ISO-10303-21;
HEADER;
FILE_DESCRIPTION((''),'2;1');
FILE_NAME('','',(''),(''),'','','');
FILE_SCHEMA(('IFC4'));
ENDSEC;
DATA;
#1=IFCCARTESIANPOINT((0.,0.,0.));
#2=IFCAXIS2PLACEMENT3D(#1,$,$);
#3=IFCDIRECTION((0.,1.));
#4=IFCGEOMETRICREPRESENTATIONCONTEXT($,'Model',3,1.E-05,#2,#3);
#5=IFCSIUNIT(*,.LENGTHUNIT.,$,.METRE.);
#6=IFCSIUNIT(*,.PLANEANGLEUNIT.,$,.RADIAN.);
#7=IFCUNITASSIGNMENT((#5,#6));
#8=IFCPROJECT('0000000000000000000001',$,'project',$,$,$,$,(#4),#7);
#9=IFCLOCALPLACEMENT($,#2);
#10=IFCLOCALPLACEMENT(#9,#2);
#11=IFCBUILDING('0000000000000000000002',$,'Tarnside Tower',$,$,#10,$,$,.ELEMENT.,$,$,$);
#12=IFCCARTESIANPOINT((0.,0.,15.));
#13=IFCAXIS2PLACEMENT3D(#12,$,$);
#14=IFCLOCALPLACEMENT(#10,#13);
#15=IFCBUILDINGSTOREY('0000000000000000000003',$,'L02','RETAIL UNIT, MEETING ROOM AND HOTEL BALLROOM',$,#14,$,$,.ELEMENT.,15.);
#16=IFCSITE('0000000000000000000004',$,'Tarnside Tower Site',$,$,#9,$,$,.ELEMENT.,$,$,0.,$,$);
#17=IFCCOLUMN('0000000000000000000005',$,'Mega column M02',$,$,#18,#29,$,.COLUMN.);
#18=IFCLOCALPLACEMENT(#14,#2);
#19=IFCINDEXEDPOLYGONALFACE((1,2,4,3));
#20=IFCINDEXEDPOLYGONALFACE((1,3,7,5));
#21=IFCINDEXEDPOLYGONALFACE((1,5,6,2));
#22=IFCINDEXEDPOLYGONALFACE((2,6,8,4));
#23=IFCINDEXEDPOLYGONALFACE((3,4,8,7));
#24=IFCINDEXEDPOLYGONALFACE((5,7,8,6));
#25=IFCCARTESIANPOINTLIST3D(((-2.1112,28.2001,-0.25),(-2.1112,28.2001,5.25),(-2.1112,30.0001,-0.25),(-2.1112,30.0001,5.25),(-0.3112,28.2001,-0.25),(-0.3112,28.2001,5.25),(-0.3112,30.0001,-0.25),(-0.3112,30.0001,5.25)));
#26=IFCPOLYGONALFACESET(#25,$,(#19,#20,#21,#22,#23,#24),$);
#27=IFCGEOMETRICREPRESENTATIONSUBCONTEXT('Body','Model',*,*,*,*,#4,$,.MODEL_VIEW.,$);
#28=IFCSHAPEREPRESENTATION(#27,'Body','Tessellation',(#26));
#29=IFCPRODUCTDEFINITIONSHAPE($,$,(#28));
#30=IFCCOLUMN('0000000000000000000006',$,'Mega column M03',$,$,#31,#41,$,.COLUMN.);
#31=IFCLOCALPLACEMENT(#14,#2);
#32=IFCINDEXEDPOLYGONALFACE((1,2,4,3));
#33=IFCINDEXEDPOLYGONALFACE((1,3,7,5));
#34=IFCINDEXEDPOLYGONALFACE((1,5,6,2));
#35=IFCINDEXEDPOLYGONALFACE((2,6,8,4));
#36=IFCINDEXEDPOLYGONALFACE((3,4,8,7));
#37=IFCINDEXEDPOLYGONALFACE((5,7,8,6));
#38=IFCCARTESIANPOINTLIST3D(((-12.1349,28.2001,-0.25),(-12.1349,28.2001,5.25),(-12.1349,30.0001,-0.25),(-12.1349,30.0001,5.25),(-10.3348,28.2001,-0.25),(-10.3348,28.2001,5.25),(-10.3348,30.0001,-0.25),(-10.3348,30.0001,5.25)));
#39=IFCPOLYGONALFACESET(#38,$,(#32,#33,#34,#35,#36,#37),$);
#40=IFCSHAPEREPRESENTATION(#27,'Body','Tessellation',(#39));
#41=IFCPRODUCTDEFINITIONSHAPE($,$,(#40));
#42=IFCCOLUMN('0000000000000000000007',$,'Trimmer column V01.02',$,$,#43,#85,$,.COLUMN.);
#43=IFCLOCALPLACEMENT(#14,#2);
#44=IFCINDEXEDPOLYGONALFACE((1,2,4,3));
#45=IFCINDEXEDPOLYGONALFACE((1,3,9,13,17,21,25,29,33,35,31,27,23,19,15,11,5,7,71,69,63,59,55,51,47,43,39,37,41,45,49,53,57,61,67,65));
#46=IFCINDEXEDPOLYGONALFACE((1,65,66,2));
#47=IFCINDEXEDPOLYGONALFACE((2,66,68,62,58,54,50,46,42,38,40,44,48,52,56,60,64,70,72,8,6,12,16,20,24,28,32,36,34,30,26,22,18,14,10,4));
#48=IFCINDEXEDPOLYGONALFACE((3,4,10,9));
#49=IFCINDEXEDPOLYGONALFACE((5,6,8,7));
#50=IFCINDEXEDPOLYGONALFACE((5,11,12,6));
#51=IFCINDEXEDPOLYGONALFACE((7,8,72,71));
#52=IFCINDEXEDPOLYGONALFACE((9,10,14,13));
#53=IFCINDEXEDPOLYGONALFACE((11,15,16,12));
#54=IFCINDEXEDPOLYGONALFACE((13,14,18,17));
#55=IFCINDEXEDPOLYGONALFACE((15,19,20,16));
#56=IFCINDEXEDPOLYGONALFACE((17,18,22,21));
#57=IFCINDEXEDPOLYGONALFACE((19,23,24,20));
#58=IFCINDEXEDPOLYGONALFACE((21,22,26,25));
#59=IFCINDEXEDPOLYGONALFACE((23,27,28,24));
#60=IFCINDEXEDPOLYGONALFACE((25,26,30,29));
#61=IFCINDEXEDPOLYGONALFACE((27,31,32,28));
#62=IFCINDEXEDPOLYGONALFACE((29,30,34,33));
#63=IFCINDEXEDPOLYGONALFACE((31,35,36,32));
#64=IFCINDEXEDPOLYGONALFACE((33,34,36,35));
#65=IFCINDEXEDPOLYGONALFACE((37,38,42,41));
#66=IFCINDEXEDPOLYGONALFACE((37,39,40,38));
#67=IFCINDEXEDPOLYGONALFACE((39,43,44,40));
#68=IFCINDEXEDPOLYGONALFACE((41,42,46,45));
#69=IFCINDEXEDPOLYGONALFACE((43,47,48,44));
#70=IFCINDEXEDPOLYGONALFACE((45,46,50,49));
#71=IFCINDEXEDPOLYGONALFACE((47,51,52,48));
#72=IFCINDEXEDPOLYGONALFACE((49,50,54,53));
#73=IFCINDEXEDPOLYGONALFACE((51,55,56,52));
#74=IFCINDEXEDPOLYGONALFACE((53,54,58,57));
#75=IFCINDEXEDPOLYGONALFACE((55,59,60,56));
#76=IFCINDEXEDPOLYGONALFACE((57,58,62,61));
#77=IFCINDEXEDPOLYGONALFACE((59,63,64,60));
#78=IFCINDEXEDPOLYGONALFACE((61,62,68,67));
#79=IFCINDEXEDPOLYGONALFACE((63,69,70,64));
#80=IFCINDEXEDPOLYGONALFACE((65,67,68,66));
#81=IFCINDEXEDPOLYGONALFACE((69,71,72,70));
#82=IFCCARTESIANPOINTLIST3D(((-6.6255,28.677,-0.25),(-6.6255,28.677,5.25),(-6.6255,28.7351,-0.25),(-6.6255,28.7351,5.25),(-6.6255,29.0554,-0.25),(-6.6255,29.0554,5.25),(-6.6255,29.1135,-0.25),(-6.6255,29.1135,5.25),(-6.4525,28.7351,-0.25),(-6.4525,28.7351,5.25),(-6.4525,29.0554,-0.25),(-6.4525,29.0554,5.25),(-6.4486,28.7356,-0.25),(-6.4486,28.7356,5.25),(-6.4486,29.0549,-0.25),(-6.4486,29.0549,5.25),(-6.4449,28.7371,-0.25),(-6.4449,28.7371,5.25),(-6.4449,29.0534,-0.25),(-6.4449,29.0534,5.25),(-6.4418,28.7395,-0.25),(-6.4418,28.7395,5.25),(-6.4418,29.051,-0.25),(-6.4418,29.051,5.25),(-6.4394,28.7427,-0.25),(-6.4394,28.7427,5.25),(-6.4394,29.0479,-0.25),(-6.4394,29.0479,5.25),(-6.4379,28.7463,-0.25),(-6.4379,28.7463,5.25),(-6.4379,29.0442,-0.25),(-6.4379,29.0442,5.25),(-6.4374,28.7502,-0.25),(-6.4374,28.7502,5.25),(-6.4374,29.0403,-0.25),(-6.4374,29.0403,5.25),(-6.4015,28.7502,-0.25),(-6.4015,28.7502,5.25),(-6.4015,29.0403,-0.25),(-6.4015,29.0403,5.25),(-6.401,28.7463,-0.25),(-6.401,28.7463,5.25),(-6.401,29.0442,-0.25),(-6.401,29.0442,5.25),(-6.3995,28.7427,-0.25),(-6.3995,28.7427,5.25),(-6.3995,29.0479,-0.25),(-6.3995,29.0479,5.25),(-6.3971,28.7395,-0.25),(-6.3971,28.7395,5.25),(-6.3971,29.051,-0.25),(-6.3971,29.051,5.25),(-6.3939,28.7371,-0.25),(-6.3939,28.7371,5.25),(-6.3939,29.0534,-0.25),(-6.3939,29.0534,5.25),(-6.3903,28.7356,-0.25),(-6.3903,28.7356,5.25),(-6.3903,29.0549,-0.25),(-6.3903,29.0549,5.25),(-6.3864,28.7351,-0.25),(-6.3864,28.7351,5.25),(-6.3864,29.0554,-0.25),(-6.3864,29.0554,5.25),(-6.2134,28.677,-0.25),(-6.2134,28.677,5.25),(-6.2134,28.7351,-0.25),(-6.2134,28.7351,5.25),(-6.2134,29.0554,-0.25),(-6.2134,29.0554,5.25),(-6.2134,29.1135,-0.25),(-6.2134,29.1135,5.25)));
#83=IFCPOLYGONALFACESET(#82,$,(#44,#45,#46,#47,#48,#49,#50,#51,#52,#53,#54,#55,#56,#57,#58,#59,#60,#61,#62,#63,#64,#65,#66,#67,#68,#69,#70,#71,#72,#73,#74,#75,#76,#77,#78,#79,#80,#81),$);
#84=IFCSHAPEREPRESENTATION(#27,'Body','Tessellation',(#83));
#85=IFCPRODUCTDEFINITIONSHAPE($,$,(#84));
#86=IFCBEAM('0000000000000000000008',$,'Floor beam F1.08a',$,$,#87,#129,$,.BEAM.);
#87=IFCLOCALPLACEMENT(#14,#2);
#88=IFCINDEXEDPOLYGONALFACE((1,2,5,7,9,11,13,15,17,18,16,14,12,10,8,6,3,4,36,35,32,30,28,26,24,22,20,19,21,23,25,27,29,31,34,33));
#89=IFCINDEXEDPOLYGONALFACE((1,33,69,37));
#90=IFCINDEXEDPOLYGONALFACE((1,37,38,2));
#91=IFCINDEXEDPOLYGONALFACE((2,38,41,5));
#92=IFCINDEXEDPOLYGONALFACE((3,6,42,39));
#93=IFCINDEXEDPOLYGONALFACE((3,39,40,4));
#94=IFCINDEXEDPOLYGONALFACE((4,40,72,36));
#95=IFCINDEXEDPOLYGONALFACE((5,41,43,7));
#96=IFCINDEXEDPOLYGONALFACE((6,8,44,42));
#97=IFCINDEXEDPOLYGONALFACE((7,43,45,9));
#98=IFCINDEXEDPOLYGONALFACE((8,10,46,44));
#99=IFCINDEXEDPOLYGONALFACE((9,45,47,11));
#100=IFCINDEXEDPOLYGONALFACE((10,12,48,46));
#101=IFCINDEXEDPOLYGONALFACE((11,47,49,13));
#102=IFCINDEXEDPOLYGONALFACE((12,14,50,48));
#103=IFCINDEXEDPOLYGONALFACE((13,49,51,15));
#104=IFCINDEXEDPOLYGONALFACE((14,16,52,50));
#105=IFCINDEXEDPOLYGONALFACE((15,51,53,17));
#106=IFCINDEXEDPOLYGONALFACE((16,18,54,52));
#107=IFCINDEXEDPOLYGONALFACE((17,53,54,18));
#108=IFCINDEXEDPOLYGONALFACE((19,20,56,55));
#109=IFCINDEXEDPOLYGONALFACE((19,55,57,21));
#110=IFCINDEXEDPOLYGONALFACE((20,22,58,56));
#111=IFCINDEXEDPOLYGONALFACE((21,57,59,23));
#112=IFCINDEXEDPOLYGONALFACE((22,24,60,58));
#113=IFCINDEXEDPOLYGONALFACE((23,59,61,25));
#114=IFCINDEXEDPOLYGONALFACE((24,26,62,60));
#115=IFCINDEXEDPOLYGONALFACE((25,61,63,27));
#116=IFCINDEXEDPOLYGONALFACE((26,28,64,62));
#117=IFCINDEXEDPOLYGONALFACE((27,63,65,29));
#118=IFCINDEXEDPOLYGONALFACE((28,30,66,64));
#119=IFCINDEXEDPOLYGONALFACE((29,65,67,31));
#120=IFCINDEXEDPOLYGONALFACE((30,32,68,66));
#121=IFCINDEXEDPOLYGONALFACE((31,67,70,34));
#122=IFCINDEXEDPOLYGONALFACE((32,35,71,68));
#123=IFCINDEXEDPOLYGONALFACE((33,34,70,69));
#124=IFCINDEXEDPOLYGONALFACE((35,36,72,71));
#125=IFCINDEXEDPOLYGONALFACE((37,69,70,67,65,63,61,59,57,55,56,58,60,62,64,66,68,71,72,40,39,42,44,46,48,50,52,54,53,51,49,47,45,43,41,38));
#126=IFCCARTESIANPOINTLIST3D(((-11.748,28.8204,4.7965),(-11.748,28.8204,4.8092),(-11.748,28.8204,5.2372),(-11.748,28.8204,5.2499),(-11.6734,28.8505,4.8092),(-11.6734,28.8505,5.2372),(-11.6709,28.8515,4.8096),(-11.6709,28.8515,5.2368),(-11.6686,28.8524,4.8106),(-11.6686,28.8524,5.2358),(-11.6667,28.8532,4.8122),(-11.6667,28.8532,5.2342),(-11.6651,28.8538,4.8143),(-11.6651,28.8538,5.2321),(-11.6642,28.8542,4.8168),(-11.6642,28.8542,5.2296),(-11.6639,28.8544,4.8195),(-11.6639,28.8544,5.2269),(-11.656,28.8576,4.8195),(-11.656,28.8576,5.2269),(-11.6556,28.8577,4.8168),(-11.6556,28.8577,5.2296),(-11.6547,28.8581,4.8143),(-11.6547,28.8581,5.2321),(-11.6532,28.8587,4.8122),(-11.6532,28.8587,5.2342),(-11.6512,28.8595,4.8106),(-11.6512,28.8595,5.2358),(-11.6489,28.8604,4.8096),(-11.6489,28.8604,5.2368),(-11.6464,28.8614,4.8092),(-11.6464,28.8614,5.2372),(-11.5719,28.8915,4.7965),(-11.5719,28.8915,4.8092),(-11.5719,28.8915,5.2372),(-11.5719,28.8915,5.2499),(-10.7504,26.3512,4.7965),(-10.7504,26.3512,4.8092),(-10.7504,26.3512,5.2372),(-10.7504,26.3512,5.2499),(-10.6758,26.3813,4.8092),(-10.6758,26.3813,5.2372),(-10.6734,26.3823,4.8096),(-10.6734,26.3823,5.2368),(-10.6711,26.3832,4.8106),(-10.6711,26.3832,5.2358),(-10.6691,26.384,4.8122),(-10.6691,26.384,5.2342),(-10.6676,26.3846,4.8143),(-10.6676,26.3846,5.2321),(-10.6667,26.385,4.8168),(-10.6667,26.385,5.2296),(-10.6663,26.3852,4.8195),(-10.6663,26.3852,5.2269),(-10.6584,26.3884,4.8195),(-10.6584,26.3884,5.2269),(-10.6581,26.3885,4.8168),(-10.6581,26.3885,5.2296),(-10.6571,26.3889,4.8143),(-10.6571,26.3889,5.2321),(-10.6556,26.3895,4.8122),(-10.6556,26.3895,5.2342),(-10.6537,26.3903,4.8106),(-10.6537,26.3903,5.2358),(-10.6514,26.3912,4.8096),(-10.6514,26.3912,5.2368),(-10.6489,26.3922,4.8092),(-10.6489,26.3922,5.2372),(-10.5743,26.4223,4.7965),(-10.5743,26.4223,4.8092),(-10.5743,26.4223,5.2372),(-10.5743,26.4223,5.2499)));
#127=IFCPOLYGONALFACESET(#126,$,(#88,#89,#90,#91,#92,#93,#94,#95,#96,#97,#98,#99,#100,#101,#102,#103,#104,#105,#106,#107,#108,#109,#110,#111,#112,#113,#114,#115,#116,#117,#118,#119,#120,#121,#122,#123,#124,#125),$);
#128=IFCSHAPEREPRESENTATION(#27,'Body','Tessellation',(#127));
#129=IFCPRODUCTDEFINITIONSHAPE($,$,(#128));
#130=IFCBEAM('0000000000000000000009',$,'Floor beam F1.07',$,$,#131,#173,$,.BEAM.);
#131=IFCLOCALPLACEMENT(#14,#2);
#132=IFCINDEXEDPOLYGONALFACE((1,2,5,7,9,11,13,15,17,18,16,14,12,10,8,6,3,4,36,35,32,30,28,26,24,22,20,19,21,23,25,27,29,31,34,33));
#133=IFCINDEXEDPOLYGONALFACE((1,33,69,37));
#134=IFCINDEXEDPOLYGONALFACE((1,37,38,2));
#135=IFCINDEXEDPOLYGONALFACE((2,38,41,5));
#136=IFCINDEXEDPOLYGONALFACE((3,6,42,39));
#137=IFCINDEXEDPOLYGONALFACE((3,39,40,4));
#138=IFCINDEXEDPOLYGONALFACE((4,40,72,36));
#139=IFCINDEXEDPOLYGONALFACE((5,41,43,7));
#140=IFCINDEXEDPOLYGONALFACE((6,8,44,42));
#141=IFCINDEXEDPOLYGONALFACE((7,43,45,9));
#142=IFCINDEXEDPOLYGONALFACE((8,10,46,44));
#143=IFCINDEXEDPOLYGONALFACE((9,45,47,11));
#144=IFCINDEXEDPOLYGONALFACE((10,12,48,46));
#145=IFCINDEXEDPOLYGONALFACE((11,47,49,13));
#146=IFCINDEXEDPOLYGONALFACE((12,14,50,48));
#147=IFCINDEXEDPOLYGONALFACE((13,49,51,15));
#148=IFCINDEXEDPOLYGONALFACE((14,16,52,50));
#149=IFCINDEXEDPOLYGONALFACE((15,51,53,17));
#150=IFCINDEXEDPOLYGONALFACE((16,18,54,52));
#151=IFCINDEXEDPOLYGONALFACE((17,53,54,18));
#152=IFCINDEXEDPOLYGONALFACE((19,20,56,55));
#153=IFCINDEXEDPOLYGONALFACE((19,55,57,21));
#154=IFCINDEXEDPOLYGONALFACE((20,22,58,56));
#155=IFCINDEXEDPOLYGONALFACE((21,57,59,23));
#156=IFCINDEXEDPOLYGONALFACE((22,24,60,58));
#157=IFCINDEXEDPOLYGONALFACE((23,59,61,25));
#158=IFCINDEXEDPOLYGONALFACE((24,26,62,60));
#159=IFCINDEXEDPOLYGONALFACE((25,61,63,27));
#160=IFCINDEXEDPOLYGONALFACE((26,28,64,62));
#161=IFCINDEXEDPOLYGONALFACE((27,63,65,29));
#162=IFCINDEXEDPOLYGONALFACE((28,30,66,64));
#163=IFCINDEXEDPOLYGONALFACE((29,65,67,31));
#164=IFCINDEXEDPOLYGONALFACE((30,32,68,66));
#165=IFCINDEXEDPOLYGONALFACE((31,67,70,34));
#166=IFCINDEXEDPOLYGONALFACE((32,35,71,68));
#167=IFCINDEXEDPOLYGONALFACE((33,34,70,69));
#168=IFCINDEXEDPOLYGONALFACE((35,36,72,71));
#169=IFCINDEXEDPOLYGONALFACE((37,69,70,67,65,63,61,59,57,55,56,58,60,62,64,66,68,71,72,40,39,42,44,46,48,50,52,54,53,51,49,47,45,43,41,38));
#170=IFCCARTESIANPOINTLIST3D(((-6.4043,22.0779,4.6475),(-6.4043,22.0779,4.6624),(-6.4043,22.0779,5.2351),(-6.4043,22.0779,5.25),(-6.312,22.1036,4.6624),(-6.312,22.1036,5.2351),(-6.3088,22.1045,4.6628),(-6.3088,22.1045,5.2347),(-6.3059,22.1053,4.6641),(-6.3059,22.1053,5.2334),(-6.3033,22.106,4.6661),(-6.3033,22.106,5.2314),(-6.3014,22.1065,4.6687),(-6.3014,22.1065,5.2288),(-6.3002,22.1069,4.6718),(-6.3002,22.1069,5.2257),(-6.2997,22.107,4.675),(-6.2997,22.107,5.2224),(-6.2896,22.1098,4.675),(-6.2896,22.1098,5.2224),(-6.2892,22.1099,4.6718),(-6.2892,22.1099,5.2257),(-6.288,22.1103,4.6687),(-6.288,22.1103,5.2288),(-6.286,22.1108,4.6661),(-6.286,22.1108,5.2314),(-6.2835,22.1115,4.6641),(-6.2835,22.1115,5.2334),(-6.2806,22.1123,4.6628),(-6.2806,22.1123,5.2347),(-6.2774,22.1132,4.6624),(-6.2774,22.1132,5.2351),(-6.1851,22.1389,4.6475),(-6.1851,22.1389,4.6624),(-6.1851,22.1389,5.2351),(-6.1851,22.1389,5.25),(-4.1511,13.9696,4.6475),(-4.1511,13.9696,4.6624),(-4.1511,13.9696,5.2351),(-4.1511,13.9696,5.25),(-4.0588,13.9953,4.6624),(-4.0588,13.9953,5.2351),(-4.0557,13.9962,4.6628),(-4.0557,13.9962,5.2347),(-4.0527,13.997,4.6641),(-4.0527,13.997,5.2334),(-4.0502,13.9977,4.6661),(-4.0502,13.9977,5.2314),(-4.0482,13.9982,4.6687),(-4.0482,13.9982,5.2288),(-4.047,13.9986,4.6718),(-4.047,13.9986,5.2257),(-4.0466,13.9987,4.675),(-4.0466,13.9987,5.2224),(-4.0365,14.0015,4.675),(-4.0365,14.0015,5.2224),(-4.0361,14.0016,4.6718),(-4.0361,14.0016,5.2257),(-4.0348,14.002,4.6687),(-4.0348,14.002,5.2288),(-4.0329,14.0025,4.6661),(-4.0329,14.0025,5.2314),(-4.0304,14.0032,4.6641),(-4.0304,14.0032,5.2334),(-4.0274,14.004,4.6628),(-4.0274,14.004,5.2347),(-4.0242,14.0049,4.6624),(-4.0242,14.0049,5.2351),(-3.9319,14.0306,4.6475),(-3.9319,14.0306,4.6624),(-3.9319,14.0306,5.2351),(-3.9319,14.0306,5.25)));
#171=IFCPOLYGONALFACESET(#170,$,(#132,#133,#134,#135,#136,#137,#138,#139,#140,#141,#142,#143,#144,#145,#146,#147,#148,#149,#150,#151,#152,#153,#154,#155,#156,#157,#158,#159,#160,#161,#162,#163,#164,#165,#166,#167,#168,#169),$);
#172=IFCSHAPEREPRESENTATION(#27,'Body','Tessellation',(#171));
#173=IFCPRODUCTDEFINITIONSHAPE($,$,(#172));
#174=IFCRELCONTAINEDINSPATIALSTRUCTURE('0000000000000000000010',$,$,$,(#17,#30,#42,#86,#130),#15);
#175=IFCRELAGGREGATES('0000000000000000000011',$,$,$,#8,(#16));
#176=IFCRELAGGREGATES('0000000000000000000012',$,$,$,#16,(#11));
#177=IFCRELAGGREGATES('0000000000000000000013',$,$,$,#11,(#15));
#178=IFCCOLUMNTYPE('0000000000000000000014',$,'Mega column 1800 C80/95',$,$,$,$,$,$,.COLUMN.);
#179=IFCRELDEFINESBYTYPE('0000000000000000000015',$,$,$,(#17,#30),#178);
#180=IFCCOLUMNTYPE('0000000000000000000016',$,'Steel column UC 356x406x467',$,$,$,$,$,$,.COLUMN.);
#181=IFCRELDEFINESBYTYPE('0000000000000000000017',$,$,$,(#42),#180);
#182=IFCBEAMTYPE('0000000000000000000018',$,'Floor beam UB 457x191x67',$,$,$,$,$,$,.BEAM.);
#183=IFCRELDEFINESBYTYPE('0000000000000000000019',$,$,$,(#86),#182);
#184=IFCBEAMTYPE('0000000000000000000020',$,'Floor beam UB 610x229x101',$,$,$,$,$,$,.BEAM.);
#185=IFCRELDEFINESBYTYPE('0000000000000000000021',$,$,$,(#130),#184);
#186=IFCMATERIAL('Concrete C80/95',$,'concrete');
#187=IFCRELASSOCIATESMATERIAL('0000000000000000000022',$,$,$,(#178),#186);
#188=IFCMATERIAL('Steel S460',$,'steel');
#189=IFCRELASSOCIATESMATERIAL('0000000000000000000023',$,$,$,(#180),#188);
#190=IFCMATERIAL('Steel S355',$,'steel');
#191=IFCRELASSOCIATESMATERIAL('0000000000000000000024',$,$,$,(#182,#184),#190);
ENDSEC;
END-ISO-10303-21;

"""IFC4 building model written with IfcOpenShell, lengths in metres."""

from ifc_helpers import new_model, si_unit, direction, frame, origin, origin_2d, place, context, subcontext, project, spatial, rectangle, i_section, extrude, material, material_profile, profile_set, type_object, element, save


model = new_model("IFC4")

# Units and contexts
model_context = context("Model", 3, precision=1e-05, world=origin(), true_north=direction((0.0, 1.0)))
body_context = subcontext(model_context, "Body", "Model", "MODEL_VIEW")
ifc_project = project(units=[si_unit("LENGTHUNIT", "METRE"), si_unit("PLANEANGLEUNIT", "RADIAN")], contexts=[model_context])

# Site, building, storey
site_placement = place(None, origin())
site = spatial("IfcSite", under=ifc_project, at=site_placement, Name="Tarnside Tower Site", CompositionType="ELEMENT", RefElevation=0.0)
building_placement = place(site_placement, origin())
building = spatial("IfcBuilding", under=site, at=building_placement, Name="Tarnside Tower", CompositionType="ELEMENT")
storey_placement = place(building_placement, frame((0.0, 0.0, 15.0)))
storey = spatial("IfcBuildingStorey", under=building, at=storey_placement, Name="L02", Description="RETAIL UNIT, MEETING ROOM AND HOTEL BALLROOM", CompositionType="ELEMENT", Elevation=15.0)

# Columns
ifc_material_1 = material(Name="Concrete C80/95", Category="concrete")
ifc_material_profile_1 = material_profile(ifc_material_1, rectangle(XDim=1.8, YDim=1.8, at=origin_2d()), Name="Mega column 1800x1800")
ifc_profile_set_1 = profile_set([ifc_material_profile_1], Name="Concrete C80/95")
column_type_1 = type_object("IfcColumnType", Name="Mega column 1800 C80/95", PredefinedType="COLUMN", material=ifc_profile_set_1)
for number, where, z_axis, x_axis, name in (
    (1, (-1.2112, 29.1001, -0.25), (0.0, 0.0, 1.0), (1.0, 0.0, 0.0), "Mega column M02"),
    (2, (-11.2349, 29.1001, -0.25), (0.0, 0.0, 1.0), (1.0, 0.0, 0.0), "Mega column M03"),
):
    element("IfcColumn", number, at=place(storey_placement, frame(where, z_axis=z_axis, x_axis=x_axis)), inside=storey, type_object=column_type_1, Name=name, PredefinedType="COLUMN", context=body_context, shape_type="SweptSolid", body=[
        extrude(rectangle(XDim=1.8, YDim=1.8, at=origin_2d()), origin(), (0.0, 0.0, 1.0), 5.5),
    ])
ifc_material_2 = material(Name="Steel S460", Category="steel")
ifc_material_profile_2 = material_profile(ifc_material_2, i_section(OverallWidth=0.4121, OverallDepth=0.4365, WebThickness=0.0359, FlangeThickness=0.0581, FilletRadius=0.0151, at=origin_2d()), Name="UC 356x406x467")
ifc_profile_set_2 = profile_set([ifc_material_profile_2], Name="Steel S460")
column_type_2 = type_object("IfcColumnType", Name="Steel column UC 356x406x467", PredefinedType="COLUMN", material=ifc_profile_set_2)
column_placement = place(storey_placement, frame((-6.4194, 28.8953, -0.25), z_axis=(0.0, 0.0, 1.0), x_axis=(1.0, 0.0, 0.0)))
element("IfcColumn", 3, at=column_placement, inside=storey, type_object=column_type_2, Name="Trimmer column V01.02", PredefinedType="COLUMN", context=body_context, shape_type="SweptSolid", body=[
    extrude(i_section(OverallWidth=0.4121, OverallDepth=0.4365, WebThickness=0.0359, FlangeThickness=0.0581, FilletRadius=0.0151, at=origin_2d()), origin(), (0.0, 0.0, 1.0), 5.5),
])

# Beams
ifc_material_3 = material(Name="Steel S355", Category="steel")
ifc_material_profile_3 = material_profile(ifc_material_3, i_section(OverallWidth=0.1899, OverallDepth=0.4534, WebThickness=0.0085, FlangeThickness=0.0127, FilletRadius=0.0103, at=origin_2d()), Name="UB 457x191x67")
ifc_profile_set_3 = profile_set([ifc_material_profile_3], Name="Steel S355")
beam_type_1 = type_object("IfcBeamType", Name="Floor beam UB 457x191x67", PredefinedType="BEAM", material=ifc_profile_set_3)
beam_1_placement = place(storey_placement, frame((-11.6599, 28.856, 5.0232), z_axis=(0.374581, -0.927194, 0.0), x_axis=(0.927194, 0.374581, 0.0)))
element("IfcBeam", 4, at=beam_1_placement, inside=storey, type_object=beam_type_1, Name="Floor beam F1.08a", PredefinedType="BEAM", context=body_context, shape_type="SweptSolid", body=[
    extrude(i_section(OverallWidth=0.1899, OverallDepth=0.4534, WebThickness=0.0085, FlangeThickness=0.0127, FilletRadius=0.0103, at=origin_2d()), origin(), (0.0, 0.0, 1.0), 2.6631),
])
ifc_material_profile_4 = material_profile(ifc_material_3, i_section(OverallWidth=0.2275, OverallDepth=0.6025, WebThickness=0.0105, FlangeThickness=0.0149, FilletRadius=0.0127, at=origin_2d()), Name="UB 610x229x101")
ifc_profile_set_4 = profile_set([ifc_material_profile_4], Name="Steel S355")
beam_type_2 = type_object("IfcBeamType", Name="Floor beam UB 610x229x101", PredefinedType="BEAM", material=ifc_profile_set_4)
beam_2_placement = place(storey_placement, frame((-6.2947, 22.1084, 4.9487), z_axis=(0.267737, -0.963492, 0.0), x_axis=(0.963492, 0.267737, 0.0)))
element("IfcBeam", 5, at=beam_2_placement, inside=storey, type_object=beam_type_2, Name="Floor beam F1.07", PredefinedType="BEAM", context=body_context, shape_type="SweptSolid", body=[
    extrude(i_section(OverallWidth=0.2275, OverallDepth=0.6025, WebThickness=0.0105, FlangeThickness=0.0149, FilletRadius=0.0127, at=origin_2d()), origin(), (0.0, 0.0, 1.0), 8.4155),
])

save(model, "model.ifc")
